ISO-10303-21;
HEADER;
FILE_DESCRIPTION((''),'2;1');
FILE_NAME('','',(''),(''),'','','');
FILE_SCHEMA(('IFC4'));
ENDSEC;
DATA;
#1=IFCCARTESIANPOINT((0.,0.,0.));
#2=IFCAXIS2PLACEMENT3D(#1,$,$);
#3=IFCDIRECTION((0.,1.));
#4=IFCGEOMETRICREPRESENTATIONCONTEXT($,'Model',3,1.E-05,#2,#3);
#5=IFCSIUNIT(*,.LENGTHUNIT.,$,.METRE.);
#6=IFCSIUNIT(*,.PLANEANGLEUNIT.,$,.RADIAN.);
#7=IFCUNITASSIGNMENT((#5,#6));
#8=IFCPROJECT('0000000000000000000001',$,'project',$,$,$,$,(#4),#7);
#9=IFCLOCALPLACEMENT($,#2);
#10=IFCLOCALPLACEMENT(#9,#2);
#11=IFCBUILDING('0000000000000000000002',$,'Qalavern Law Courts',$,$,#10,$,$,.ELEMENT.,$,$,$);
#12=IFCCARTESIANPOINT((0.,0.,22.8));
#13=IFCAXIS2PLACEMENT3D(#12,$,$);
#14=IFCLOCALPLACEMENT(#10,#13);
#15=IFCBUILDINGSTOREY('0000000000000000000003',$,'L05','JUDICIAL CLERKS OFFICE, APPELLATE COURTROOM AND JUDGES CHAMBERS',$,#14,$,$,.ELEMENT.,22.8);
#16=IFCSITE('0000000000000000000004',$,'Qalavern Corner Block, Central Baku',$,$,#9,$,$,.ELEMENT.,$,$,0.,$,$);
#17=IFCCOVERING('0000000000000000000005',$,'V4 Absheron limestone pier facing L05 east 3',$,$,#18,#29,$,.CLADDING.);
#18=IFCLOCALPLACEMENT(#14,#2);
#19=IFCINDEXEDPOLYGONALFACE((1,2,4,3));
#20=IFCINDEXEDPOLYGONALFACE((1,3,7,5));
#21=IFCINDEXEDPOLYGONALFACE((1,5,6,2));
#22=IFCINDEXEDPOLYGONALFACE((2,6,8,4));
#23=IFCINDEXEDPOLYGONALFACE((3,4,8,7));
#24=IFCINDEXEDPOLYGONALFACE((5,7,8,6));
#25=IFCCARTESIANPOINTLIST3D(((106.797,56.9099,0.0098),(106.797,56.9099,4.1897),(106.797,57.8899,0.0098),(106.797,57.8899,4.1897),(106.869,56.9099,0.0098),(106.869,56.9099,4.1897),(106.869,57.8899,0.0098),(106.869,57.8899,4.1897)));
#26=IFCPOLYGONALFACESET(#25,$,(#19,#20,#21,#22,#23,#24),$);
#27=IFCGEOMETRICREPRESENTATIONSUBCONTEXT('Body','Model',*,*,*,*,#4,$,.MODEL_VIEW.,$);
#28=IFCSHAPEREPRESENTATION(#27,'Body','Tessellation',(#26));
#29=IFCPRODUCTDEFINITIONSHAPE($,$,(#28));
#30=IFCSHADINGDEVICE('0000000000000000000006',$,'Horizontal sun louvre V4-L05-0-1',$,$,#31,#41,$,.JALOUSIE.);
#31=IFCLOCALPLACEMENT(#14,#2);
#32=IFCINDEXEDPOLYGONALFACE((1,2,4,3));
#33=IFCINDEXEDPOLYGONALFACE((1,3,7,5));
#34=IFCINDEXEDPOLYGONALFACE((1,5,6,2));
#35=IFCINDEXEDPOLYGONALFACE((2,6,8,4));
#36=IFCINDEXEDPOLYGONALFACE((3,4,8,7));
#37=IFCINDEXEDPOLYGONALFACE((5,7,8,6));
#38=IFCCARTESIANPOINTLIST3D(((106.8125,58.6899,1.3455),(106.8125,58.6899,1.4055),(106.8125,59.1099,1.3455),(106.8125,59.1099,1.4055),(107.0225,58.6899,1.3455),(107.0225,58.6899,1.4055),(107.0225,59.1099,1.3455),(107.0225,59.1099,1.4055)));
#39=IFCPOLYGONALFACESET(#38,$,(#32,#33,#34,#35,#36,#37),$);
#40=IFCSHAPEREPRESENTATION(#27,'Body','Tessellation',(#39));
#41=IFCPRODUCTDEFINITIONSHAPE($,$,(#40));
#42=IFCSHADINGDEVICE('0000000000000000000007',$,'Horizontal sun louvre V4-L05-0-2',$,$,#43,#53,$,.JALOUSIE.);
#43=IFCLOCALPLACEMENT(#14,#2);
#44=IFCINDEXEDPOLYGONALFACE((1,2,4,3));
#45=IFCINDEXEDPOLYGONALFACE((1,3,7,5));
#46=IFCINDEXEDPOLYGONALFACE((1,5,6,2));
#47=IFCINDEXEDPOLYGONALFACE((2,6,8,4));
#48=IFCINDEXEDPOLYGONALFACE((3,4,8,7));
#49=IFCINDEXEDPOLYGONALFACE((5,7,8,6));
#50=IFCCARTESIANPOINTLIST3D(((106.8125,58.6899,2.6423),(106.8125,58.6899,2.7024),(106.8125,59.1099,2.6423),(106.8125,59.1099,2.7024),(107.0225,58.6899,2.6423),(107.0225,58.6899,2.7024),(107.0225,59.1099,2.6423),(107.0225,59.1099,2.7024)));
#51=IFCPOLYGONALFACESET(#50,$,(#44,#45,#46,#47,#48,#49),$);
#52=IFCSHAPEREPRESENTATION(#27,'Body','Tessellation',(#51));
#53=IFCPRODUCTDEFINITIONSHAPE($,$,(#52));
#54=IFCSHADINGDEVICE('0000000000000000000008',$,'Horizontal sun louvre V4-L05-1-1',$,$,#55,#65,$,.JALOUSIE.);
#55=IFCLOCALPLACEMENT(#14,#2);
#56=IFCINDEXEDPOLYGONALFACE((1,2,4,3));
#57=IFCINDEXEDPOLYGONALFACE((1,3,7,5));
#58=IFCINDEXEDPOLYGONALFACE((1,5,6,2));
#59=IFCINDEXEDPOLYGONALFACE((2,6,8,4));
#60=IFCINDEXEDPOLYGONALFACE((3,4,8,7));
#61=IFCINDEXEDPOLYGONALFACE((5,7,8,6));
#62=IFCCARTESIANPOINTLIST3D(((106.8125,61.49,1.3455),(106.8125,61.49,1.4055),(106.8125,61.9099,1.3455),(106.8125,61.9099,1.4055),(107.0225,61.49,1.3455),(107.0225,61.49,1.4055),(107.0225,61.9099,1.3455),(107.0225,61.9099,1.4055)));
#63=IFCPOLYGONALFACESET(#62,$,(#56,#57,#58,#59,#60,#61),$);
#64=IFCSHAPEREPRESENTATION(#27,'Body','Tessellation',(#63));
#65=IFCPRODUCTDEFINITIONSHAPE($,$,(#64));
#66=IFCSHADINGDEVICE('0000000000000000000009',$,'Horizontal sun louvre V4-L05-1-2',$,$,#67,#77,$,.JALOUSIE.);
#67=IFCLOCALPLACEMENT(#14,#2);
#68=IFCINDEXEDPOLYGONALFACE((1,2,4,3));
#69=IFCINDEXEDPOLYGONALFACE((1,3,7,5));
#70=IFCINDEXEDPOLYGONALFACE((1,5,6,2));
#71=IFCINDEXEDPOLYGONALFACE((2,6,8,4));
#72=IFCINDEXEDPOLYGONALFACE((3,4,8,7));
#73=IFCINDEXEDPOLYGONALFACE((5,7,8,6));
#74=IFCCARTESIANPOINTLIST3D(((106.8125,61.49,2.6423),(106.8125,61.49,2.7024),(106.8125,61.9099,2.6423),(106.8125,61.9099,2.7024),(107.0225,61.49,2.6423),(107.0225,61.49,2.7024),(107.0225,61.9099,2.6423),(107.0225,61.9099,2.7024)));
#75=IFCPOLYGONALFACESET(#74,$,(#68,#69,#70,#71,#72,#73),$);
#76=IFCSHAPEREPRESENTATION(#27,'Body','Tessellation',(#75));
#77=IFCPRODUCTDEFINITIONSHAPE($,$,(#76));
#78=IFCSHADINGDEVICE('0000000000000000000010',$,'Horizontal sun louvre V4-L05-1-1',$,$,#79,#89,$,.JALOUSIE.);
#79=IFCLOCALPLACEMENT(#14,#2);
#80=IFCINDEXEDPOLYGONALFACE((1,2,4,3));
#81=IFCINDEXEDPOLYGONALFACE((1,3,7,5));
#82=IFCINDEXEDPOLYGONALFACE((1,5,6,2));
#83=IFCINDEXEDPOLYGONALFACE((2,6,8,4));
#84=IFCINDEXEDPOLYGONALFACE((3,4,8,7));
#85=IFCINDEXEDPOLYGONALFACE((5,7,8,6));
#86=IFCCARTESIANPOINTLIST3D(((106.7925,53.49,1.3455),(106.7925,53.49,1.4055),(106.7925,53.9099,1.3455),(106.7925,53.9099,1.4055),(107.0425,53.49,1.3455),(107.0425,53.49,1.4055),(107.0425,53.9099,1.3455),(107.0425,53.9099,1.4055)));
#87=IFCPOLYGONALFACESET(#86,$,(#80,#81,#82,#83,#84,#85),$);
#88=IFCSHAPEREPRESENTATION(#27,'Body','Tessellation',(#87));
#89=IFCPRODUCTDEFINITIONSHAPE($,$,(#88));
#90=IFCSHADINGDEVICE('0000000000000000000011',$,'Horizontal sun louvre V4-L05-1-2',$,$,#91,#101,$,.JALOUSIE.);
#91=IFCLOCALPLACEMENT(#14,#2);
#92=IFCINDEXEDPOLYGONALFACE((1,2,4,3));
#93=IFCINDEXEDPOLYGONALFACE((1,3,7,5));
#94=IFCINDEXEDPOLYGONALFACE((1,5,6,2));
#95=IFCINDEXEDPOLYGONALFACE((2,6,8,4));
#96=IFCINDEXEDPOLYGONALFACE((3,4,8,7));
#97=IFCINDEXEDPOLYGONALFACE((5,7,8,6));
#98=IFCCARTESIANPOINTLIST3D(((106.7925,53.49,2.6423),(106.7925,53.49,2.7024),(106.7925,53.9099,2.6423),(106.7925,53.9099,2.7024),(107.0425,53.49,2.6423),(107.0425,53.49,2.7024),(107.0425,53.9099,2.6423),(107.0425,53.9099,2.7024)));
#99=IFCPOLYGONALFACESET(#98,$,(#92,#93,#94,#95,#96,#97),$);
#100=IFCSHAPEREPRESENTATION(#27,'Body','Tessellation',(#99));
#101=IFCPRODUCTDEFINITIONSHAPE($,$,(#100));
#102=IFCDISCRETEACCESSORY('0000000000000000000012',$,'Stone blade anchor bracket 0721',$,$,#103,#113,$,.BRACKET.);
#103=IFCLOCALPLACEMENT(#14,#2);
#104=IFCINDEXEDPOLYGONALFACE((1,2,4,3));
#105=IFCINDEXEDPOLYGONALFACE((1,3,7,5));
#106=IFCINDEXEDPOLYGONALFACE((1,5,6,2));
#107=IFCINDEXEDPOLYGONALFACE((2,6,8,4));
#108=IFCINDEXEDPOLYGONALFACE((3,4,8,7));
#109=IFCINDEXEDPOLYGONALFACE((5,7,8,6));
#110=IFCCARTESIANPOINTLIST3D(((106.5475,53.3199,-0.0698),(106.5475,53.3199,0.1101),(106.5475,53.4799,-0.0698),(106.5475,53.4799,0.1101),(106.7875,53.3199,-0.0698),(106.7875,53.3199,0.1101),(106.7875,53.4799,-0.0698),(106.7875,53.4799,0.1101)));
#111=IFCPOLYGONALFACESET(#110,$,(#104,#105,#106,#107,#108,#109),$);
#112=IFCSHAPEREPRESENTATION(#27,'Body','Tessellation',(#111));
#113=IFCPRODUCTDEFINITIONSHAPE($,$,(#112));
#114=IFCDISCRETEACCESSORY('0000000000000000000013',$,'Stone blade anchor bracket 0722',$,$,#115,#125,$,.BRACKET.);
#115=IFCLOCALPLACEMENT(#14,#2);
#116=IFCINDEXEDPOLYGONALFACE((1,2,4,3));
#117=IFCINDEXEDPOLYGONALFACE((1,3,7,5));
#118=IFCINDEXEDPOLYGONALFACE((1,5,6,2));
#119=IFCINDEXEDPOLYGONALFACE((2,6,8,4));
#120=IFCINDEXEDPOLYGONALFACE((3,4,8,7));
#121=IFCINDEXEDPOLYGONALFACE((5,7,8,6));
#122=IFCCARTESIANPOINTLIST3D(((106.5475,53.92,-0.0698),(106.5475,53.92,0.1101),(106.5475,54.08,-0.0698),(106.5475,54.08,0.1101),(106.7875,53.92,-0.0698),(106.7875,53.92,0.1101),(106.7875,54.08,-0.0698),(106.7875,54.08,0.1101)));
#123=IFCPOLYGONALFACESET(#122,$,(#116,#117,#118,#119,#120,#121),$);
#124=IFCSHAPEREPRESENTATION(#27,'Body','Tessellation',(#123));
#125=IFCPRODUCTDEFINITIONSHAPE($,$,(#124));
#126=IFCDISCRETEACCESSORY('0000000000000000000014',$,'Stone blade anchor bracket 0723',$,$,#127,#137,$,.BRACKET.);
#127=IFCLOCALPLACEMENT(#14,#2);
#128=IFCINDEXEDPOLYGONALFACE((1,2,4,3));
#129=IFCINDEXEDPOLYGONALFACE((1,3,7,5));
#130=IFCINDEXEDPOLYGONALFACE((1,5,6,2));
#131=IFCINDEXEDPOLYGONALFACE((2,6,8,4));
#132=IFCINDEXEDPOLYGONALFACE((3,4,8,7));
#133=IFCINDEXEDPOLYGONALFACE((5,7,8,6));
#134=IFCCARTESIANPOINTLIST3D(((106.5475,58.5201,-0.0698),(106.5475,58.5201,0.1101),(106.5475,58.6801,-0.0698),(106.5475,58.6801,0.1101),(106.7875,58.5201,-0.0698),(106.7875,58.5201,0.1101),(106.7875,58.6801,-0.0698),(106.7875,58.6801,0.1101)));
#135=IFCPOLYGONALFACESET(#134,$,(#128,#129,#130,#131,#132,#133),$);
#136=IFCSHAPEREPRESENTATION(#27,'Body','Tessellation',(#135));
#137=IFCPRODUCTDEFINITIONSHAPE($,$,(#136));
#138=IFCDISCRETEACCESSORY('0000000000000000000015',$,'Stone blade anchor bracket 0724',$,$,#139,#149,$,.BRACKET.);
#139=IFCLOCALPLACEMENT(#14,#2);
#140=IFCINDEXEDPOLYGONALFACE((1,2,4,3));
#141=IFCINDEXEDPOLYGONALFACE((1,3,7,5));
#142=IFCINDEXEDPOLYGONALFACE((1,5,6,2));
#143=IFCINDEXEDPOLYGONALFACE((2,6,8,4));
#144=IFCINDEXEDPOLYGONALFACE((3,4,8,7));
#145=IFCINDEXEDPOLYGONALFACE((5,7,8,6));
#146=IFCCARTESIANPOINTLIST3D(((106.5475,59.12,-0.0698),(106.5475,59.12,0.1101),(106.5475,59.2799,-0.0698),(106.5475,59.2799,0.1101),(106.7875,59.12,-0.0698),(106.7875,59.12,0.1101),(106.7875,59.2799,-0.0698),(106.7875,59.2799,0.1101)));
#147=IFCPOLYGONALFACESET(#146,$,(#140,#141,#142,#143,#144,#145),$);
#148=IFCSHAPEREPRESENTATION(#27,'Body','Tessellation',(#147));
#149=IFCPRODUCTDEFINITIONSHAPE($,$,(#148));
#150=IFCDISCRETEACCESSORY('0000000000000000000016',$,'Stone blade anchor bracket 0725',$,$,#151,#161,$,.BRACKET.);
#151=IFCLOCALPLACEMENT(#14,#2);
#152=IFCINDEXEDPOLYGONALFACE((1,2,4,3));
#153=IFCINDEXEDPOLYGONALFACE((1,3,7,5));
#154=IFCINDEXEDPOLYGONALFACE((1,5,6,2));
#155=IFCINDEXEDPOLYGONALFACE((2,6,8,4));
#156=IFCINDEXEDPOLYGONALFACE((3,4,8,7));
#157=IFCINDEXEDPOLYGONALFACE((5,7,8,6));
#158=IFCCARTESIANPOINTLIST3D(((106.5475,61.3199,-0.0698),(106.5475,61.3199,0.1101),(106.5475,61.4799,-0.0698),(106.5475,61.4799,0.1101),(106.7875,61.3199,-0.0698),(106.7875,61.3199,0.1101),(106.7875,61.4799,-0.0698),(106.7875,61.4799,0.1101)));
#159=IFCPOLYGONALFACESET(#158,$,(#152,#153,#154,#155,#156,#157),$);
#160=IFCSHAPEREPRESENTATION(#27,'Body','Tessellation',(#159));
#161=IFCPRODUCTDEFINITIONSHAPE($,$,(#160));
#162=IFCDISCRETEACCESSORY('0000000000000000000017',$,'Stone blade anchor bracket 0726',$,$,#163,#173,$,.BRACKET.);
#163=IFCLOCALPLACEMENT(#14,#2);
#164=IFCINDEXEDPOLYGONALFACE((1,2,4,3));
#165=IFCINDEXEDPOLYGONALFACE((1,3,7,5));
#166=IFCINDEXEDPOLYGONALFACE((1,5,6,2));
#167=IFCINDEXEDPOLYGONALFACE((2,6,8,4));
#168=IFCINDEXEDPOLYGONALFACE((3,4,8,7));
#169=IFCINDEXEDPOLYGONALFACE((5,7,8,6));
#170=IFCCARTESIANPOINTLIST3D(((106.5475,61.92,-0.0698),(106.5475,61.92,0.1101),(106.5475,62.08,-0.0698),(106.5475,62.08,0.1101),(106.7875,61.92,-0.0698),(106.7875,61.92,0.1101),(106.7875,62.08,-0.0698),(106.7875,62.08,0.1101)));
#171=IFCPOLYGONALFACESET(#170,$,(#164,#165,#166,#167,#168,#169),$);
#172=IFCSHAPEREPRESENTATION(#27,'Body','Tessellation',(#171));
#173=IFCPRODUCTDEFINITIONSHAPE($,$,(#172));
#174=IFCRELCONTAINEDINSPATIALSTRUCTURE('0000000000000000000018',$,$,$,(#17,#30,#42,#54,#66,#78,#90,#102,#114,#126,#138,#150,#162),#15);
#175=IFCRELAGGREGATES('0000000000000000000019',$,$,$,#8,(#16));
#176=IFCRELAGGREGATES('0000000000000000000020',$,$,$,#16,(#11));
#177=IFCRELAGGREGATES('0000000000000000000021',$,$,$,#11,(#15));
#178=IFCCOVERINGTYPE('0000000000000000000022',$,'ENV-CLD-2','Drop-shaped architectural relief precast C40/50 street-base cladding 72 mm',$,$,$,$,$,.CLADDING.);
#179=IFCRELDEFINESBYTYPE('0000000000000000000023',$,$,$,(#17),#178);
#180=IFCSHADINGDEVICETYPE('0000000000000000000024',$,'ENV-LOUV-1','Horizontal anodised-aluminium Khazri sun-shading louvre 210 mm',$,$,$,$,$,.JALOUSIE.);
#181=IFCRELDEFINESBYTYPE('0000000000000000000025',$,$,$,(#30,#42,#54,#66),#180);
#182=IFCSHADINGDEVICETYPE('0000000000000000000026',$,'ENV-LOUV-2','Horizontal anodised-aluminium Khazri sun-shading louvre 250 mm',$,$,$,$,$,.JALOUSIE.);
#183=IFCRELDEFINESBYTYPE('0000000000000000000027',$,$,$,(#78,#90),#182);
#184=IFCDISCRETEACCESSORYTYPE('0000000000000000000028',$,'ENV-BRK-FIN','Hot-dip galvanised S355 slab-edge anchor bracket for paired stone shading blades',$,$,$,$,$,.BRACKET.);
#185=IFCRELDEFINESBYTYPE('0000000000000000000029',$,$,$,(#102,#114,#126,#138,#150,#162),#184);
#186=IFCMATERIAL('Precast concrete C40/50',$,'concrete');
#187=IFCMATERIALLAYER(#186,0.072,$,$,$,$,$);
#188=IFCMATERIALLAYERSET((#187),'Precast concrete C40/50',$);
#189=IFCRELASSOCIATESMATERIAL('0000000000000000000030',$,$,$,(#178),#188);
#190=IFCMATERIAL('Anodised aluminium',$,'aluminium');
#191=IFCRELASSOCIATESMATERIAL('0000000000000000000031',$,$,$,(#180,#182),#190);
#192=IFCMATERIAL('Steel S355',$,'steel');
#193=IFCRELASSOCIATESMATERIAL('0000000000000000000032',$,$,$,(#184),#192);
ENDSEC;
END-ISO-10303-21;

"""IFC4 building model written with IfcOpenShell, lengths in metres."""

from ifc_helpers import new_model, si_unit, direction, frame, origin, origin_2d, place, context, subcontext, project, spatial, rectangle, extrude, material, layer, layer_set, type_object, element, save


model = new_model("IFC4")

# Units and contexts
model_context = context("Model", 3, precision=1e-05, world=origin(), true_north=direction((0.0, 1.0)))
body_context = subcontext(model_context, "Body", "Model", "MODEL_VIEW")
ifc_project = project(units=[si_unit("LENGTHUNIT", "METRE"), si_unit("PLANEANGLEUNIT", "RADIAN")], contexts=[model_context])

# Site, building, storey
site_placement = place(None, origin())
site = spatial("IfcSite", under=ifc_project, at=site_placement, Name="Qalavern Corner Block, Central Baku", CompositionType="ELEMENT", RefElevation=0.0)
building_placement = place(site_placement, origin())
building = spatial("IfcBuilding", under=site, at=building_placement, Name="Qalavern Law Courts", CompositionType="ELEMENT")
storey_placement = place(building_placement, frame((0.0, 0.0, 22.8)))
storey = spatial("IfcBuildingStorey", under=building, at=storey_placement, Name="L05", Description="JUDICIAL CLERKS OFFICE, APPELLATE COURTROOM AND JUDGES CHAMBERS", CompositionType="ELEMENT", Elevation=22.8)

# Shared definitions
ifc_material_1 = material(Name="Anodised aluminium", Category="aluminium")

# Covering
ifc_material_2 = material(Name="Precast concrete C40/50", Category="concrete")
ifc_layer_1 = layer(ifc_material_2, 0.072)
ifc_layer_set_1 = layer_set([ifc_layer_1], Name="Precast concrete C40/50")
covering_type_1 = type_object("IfcCoveringType", Name="ENV-CLD-2", Description="Drop-shaped architectural relief precast C40/50 street-base cladding 72 mm", PredefinedType="CLADDING", material=ifc_layer_set_1)
covering_placement = place(storey_placement, frame((106.833, 57.3999, 0.0098), z_axis=(0.0, 0.0, 1.0), x_axis=(0.0, 1.0, 0.0)))
element("IfcCovering", 1, at=covering_placement, inside=storey, type_object=covering_type_1, Name="V4 Absheron limestone pier facing L05 east 3", PredefinedType="CLADDING", context=body_context, shape_type="SweptSolid", body=[
    extrude(rectangle(XDim=0.98, YDim=0.072, at=origin_2d()), origin(), (0.0, 0.0, 1.0), 4.1799),
])

# Shading devices
shading_device_type_1 = type_object("IfcShadingDeviceType", Name="ENV-LOUV-1", Description="Horizontal anodised-aluminium Khazri sun-shading louvre 210 mm", PredefinedType="JALOUSIE", material=ifc_material_1)
for number, where, z_axis, x_axis, name in (
    (2, (106.9175, 58.8999, 1.3455), (0.0, 0.0, 1.0), (0.0, 1.0, 0.0), "Horizontal sun louvre V4-L05-0-1"),
    (3, (106.9175, 58.8999, 2.6423), (0.0, 0.0, 1.0), (0.0, 1.0, 0.0), "Horizontal sun louvre V4-L05-0-2"),
    (4, (106.9175, 61.7, 1.3455), (0.0, 0.0, 1.0), (0.0, 1.0, 0.0), "Horizontal sun louvre V4-L05-1-1"),
    (5, (106.9175, 61.7, 2.6423), (0.0, 0.0, 1.0), (0.0, 1.0, 0.0), "Horizontal sun louvre V4-L05-1-2"),
):
    element("IfcShadingDevice", number, at=place(storey_placement, frame(where, z_axis=z_axis, x_axis=x_axis)), inside=storey, type_object=shading_device_type_1, Name=name, PredefinedType="JALOUSIE", context=body_context, shape_type="SweptSolid", body=[
        extrude(rectangle(XDim=0.4199, YDim=0.21, at=origin_2d()), origin(), (0.0, 0.0, 1.0), 0.0601),
    ])
shading_device_type_2 = type_object("IfcShadingDeviceType", Name="ENV-LOUV-2", Description="Horizontal anodised-aluminium Khazri sun-shading louvre 250 mm", PredefinedType="JALOUSIE", material=ifc_material_1)
for number, where, z_axis, x_axis, name in (
    (6, (106.9175, 53.7, 1.3455), (0.0, 0.0, 1.0), (0.0, 1.0, 0.0), "Horizontal sun louvre V4-L05-1-1"),
    (7, (106.9175, 53.7, 2.6423), (0.0, 0.0, 1.0), (0.0, 1.0, 0.0), "Horizontal sun louvre V4-L05-1-2"),
):
    element("IfcShadingDevice", number, at=place(storey_placement, frame(where, z_axis=z_axis, x_axis=x_axis)), inside=storey, type_object=shading_device_type_2, Name=name, PredefinedType="JALOUSIE", context=body_context, shape_type="SweptSolid", body=[
        extrude(rectangle(XDim=0.4199, YDim=0.25, at=origin_2d()), origin(), (0.0, 0.0, 1.0), 0.0601),
    ])

# Discrete accessories
ifc_material_3 = material(Name="Steel S355", Category="steel")
discrete_accessory_type = type_object("IfcDiscreteAccessoryType", Name="ENV-BRK-FIN", Description="Hot-dip galvanised S355 slab-edge anchor bracket for paired stone shading blades", PredefinedType="BRACKET", material=ifc_material_3)
for number, where, z_axis, x_axis, name in (
    (8, (106.6675, 53.3999, -0.0698), (0.0, 0.0, 1.0), (1.0, 0.0, 0.0), "Stone blade anchor bracket 0721"),
    (9, (106.6675, 54.0, -0.0698), (0.0, 0.0, 1.0), (1.0, 0.0, 0.0), "Stone blade anchor bracket 0722"),
    (10, (106.6675, 58.6001, -0.0698), (0.0, 0.0, 1.0), (1.0, 0.0, 0.0), "Stone blade anchor bracket 0723"),
    (11, (106.6675, 59.2, -0.0698), (0.0, 0.0, 1.0), (1.0, 0.0, 0.0), "Stone blade anchor bracket 0724"),
    (12, (106.6675, 61.3999, -0.0698), (0.0, 0.0, 1.0), (1.0, 0.0, 0.0), "Stone blade anchor bracket 0725"),
    (13, (106.6675, 62.0, -0.0698), (0.0, 0.0, 1.0), (1.0, 0.0, 0.0), "Stone blade anchor bracket 0726"),
):
    element("IfcDiscreteAccessory", number, at=place(storey_placement, frame(where, z_axis=z_axis, x_axis=x_axis)), inside=storey, type_object=discrete_accessory_type, Name=name, PredefinedType="BRACKET", context=body_context, shape_type="SweptSolid", body=[
        extrude(rectangle(XDim=0.24, YDim=0.1599, at=origin_2d()), origin(), (0.0, 0.0, 1.0), 0.1799),
    ])

save(model, "model.ifc")
